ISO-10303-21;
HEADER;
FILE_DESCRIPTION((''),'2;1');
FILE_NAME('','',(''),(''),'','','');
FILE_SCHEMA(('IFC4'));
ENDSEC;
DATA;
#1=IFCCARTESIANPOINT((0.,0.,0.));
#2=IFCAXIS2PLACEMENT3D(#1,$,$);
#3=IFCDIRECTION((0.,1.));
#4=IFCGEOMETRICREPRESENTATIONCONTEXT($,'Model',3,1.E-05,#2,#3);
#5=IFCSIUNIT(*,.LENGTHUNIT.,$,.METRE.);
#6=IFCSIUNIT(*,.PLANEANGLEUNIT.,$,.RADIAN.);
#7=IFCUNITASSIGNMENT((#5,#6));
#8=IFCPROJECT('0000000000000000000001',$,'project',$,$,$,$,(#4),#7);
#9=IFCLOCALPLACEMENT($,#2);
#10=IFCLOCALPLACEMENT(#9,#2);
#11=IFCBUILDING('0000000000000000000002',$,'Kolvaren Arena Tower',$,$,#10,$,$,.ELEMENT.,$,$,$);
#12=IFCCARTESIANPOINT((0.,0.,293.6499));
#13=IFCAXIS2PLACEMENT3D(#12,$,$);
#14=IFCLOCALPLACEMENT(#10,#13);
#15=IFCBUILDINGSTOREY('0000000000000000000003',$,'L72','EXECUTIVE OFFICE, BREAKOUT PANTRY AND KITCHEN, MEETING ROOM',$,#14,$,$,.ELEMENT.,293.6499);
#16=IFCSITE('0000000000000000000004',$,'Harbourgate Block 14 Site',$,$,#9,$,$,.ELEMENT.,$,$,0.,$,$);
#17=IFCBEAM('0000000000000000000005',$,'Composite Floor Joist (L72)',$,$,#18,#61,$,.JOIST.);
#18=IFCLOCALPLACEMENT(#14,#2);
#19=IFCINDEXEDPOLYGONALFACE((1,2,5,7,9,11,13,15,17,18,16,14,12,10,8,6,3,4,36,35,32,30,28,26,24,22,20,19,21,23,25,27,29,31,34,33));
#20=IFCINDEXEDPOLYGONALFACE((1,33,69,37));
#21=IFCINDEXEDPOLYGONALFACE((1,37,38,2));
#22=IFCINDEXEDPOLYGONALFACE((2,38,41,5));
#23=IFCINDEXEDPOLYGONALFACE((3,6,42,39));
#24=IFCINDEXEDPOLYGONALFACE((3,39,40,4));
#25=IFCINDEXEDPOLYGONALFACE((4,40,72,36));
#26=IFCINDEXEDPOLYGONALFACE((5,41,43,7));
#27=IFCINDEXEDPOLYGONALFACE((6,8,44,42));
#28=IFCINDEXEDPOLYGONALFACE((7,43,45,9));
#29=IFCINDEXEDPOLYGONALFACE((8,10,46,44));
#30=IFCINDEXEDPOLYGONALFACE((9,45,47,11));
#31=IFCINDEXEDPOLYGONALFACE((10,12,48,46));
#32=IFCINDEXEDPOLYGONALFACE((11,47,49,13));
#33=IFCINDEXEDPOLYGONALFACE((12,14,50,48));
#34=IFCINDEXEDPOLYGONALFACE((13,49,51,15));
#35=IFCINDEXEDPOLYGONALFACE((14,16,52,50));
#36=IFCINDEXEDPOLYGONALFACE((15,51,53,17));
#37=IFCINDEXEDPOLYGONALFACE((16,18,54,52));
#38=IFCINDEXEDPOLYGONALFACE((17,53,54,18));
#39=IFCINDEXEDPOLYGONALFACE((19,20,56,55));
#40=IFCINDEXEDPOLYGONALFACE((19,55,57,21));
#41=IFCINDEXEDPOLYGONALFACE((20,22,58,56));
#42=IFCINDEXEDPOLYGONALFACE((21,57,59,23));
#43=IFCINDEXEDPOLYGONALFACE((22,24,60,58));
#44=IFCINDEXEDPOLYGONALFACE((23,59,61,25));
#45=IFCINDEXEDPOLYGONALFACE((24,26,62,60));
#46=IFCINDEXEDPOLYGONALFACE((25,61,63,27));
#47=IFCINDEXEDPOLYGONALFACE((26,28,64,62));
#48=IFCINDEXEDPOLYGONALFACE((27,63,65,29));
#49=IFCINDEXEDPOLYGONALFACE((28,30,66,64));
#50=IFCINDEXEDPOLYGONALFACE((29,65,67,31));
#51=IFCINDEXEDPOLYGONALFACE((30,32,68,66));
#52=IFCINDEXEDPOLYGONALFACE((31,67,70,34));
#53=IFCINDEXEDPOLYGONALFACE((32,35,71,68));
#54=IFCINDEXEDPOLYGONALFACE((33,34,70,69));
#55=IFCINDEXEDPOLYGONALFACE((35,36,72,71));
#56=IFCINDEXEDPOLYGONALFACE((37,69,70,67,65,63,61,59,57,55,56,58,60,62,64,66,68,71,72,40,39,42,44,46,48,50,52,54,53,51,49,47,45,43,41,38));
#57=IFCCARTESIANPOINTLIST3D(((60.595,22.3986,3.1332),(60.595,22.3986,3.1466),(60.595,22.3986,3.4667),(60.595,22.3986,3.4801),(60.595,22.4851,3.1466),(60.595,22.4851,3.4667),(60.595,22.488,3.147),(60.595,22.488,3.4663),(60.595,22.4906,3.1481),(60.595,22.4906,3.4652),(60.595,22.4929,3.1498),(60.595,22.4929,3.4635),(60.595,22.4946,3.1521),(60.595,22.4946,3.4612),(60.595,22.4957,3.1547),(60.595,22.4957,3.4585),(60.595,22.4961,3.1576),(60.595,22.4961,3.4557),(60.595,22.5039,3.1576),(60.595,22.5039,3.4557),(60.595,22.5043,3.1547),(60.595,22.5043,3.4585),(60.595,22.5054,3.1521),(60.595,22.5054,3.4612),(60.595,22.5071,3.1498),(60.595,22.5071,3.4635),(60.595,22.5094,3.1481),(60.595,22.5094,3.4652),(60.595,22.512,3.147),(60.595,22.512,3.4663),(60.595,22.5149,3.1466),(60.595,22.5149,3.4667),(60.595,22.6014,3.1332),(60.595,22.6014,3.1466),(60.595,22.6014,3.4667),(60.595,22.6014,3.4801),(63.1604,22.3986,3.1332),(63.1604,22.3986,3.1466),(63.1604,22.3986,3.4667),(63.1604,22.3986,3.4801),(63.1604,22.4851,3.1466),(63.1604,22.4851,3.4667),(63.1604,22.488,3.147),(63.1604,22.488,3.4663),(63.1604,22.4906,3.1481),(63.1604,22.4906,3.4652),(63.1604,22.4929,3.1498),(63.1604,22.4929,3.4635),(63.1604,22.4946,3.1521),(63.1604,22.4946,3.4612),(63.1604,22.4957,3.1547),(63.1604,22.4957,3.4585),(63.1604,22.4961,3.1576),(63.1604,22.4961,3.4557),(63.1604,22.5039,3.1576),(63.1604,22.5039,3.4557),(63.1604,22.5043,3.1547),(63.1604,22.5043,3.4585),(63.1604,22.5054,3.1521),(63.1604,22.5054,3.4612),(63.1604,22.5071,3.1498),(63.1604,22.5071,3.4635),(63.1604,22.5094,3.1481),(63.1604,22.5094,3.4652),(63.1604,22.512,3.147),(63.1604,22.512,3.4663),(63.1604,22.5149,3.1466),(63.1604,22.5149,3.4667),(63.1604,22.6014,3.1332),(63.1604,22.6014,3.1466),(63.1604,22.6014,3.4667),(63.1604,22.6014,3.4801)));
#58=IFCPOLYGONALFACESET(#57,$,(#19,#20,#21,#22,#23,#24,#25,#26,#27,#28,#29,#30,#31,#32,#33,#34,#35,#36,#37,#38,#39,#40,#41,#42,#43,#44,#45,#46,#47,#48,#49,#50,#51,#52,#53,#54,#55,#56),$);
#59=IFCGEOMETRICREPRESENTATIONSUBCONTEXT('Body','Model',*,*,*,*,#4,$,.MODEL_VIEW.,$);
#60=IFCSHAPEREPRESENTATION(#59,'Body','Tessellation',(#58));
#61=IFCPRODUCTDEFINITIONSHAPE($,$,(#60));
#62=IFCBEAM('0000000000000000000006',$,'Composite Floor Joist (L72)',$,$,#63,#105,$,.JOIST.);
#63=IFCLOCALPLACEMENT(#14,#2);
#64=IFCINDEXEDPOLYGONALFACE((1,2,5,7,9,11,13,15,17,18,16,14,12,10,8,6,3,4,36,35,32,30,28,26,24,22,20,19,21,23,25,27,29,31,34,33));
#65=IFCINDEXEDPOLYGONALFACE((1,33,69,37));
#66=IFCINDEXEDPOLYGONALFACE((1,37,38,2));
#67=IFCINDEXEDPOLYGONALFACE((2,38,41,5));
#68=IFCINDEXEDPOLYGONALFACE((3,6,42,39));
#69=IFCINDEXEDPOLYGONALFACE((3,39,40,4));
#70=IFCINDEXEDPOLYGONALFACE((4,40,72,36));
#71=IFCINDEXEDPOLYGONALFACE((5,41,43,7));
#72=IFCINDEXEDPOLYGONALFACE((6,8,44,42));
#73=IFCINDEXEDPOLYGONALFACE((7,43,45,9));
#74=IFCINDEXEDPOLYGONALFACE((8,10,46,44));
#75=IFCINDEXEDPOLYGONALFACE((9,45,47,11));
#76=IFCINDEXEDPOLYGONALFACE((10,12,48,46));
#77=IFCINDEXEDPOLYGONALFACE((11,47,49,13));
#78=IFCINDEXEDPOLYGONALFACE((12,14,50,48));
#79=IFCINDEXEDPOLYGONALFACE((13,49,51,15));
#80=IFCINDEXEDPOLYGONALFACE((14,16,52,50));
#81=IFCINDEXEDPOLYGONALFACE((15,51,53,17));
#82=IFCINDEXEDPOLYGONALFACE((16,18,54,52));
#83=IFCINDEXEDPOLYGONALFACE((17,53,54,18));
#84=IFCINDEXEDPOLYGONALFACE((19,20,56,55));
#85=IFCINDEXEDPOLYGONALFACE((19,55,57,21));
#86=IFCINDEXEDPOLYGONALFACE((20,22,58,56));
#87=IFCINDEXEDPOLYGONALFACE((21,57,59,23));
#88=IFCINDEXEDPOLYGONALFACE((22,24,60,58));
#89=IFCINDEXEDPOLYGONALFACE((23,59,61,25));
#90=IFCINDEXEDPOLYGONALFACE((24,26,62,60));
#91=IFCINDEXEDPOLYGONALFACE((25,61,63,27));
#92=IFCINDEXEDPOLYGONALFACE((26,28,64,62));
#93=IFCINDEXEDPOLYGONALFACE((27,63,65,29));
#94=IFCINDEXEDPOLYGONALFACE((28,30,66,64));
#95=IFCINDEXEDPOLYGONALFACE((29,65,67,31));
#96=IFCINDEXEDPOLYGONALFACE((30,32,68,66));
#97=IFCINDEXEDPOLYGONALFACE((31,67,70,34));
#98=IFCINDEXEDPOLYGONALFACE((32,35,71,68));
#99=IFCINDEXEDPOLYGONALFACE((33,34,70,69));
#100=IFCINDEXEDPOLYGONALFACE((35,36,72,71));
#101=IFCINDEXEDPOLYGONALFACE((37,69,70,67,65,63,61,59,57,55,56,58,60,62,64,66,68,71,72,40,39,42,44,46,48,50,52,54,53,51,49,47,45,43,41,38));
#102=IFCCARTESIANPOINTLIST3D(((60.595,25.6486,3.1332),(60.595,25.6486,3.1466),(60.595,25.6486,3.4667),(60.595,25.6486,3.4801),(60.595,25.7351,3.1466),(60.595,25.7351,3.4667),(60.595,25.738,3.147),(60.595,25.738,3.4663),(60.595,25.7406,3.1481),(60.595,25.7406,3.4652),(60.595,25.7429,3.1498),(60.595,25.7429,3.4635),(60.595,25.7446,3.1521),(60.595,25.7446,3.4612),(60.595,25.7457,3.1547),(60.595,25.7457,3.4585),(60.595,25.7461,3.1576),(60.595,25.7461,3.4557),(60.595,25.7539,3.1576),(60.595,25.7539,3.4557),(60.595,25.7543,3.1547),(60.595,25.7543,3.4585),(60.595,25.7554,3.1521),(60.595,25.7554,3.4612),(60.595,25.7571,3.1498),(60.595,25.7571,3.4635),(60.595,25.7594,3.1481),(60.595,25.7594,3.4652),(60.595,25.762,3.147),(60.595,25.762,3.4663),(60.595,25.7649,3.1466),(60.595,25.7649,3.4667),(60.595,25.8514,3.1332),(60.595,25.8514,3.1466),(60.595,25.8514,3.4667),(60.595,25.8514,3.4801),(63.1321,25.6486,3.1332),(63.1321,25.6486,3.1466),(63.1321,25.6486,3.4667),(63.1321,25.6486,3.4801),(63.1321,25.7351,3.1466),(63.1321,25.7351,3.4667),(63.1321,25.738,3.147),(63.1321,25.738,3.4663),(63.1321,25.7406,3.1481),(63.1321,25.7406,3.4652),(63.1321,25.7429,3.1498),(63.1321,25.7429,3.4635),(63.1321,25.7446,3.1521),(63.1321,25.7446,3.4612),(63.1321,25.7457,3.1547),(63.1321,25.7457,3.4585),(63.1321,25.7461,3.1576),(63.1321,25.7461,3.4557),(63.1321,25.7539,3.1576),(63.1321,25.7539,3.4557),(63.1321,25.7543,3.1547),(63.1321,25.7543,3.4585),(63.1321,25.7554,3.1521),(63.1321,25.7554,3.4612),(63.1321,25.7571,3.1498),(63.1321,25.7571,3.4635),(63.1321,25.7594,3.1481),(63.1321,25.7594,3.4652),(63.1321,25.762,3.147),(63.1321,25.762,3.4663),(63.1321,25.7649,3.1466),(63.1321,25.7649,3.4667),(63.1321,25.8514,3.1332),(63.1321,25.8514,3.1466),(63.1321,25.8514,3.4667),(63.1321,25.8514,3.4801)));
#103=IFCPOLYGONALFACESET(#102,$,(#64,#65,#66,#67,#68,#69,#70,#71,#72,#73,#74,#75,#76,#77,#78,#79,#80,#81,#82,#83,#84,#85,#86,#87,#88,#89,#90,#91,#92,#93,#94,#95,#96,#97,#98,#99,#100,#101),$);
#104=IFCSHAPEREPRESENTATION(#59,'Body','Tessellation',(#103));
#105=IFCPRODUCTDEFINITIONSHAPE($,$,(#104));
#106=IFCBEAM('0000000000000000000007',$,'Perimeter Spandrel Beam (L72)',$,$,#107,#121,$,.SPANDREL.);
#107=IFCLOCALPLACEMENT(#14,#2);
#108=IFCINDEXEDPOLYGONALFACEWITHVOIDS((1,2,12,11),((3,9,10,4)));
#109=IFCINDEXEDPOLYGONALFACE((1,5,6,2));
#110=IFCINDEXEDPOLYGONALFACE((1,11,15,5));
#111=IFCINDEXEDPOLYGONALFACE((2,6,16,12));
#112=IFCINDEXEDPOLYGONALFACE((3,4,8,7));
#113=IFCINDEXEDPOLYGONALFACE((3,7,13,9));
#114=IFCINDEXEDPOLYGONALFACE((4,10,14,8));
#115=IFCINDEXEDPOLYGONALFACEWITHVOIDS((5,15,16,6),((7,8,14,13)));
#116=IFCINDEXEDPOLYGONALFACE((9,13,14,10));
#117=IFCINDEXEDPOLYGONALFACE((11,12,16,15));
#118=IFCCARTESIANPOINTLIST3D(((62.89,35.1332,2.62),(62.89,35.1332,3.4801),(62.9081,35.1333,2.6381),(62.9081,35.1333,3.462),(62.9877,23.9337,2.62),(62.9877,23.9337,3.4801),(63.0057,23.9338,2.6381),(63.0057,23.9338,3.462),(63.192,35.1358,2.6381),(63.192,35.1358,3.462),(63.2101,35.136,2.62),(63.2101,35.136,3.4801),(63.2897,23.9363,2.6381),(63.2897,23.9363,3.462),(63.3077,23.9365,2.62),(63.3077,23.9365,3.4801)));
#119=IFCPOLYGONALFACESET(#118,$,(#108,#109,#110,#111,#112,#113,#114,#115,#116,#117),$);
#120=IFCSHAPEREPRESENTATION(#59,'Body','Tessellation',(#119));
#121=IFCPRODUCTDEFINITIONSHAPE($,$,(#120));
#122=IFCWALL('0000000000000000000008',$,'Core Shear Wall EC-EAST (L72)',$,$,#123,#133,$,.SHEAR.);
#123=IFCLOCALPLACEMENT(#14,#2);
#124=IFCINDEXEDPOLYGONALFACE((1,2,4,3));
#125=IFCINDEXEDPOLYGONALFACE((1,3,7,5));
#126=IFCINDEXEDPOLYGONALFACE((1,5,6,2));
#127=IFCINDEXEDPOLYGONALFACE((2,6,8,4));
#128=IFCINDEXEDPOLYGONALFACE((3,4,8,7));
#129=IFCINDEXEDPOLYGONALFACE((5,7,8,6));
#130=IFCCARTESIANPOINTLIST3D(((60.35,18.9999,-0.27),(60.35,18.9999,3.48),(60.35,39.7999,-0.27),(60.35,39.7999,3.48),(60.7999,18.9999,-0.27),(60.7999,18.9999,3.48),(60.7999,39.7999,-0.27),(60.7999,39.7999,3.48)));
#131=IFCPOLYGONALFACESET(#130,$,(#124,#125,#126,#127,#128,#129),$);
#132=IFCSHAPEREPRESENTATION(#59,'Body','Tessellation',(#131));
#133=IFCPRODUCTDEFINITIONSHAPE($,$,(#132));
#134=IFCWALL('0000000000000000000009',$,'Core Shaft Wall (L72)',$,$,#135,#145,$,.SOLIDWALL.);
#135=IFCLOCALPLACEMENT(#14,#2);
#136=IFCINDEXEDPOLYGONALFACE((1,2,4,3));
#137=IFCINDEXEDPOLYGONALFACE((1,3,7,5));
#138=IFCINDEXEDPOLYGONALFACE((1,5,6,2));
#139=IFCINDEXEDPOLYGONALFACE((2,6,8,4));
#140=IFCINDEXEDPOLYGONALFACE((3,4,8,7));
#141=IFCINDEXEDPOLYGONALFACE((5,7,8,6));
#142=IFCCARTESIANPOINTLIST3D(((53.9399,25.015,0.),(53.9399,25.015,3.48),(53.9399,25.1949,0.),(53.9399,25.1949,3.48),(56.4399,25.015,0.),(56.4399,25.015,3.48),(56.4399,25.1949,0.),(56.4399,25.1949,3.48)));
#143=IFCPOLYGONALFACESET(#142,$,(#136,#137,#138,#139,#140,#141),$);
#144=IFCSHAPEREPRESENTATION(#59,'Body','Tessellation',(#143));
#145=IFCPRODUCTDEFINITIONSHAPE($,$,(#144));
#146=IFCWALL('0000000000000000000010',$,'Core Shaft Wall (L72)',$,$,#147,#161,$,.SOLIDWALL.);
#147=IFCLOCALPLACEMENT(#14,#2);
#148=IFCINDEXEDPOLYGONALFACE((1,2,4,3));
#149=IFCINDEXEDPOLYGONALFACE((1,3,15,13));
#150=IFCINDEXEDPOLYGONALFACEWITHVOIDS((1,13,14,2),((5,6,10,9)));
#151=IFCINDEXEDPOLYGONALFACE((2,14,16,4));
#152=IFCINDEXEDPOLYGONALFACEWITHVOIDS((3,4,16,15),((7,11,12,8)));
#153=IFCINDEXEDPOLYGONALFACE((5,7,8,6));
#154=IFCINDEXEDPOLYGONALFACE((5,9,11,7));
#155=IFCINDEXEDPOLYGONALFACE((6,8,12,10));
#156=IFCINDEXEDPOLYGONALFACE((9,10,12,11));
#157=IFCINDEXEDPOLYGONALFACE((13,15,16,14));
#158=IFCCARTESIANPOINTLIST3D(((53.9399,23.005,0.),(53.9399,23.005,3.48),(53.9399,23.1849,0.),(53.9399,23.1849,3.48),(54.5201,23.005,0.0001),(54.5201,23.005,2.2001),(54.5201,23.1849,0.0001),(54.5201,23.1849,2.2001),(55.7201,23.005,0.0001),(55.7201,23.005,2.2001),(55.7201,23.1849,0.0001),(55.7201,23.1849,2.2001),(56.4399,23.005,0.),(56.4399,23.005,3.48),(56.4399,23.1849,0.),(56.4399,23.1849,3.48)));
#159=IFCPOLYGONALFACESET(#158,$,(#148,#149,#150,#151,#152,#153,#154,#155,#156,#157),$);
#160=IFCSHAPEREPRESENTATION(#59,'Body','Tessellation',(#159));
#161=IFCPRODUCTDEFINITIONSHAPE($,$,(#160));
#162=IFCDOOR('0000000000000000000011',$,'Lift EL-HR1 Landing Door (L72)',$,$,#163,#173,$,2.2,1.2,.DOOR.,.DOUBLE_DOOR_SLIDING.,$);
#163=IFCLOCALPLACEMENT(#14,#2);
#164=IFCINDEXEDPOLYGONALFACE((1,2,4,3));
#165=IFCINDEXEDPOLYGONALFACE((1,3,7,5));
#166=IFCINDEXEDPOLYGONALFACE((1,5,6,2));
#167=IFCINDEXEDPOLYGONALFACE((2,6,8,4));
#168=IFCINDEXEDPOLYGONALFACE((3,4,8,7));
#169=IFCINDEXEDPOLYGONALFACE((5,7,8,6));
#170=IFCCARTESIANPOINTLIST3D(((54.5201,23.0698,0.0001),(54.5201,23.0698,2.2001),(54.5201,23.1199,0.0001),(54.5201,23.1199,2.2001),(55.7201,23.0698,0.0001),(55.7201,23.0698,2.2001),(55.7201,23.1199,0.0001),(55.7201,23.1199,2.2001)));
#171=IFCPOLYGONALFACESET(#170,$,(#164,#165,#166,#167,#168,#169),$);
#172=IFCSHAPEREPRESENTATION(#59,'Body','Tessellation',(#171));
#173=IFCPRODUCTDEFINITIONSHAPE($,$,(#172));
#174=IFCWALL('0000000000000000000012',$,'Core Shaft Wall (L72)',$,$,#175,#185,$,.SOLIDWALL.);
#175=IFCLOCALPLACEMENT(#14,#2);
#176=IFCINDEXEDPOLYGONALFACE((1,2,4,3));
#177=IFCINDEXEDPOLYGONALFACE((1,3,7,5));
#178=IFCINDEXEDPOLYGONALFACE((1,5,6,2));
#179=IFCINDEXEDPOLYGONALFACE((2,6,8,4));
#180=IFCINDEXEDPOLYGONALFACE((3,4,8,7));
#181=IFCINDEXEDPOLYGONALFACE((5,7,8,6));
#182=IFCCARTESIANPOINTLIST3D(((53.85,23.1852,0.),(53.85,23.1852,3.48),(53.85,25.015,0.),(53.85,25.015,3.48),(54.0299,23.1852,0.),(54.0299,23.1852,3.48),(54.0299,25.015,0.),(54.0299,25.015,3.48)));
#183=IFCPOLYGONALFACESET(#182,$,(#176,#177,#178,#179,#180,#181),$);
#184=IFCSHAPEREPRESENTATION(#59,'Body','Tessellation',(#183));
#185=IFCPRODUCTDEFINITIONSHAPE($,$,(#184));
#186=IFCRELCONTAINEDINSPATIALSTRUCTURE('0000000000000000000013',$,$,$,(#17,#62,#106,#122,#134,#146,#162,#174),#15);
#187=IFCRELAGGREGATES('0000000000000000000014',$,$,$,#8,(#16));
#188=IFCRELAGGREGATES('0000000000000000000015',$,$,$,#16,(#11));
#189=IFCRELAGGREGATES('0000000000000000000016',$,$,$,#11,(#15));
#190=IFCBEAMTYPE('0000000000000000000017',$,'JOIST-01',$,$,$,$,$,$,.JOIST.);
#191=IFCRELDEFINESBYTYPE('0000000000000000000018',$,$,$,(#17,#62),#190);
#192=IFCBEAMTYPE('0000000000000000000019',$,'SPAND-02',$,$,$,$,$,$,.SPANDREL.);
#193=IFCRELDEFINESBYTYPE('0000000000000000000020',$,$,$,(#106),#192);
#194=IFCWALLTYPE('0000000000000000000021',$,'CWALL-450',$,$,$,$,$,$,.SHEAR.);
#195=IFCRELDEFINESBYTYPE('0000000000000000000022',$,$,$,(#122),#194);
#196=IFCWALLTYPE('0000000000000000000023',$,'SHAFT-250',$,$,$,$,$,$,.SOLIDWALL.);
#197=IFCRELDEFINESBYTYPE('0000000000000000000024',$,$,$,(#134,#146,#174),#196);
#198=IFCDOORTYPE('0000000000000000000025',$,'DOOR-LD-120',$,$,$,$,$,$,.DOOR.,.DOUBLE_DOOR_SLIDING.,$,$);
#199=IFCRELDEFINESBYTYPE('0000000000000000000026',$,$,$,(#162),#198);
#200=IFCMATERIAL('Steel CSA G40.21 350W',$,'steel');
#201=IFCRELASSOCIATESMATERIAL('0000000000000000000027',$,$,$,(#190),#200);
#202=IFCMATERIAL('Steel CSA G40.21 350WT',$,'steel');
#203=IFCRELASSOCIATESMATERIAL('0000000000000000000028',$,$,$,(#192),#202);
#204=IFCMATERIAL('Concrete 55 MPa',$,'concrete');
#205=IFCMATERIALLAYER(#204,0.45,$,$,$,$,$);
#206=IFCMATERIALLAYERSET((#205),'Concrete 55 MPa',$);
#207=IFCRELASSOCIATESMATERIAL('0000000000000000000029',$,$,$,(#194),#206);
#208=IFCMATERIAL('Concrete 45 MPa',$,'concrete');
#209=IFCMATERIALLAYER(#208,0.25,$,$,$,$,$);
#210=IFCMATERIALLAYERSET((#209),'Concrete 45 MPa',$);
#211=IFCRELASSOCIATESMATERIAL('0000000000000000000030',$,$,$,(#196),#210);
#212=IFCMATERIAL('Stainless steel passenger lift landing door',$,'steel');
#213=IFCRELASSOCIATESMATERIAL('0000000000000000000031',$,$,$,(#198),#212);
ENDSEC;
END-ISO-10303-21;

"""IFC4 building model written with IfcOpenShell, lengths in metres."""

from ifc_helpers import new_model, si_unit, direction, frame, frame_2d, origin, origin_2d, place, context, subcontext, project, spatial, rectangle, hollow_rectangle, i_section, extrude, material, layer, layer_set, material_profile, profile_set, type_object, element, fill, save


model = new_model("IFC4")

# Units and contexts
model_context = context("Model", 3, precision=1e-05, world=origin(), true_north=direction((0.0, 1.0)))
body_context = subcontext(model_context, "Body", "Model", "MODEL_VIEW")
ifc_project = project(units=[si_unit("LENGTHUNIT", "METRE"), si_unit("PLANEANGLEUNIT", "RADIAN")], contexts=[model_context])

# Site, building, storey
site_placement = place(None, origin())
site = spatial("IfcSite", under=ifc_project, at=site_placement, Name="Harbourgate Block 14 Site", CompositionType="ELEMENT", RefElevation=0.0)
building_placement = place(site_placement, origin())
building = spatial("IfcBuilding", under=site, at=building_placement, Name="Kolvaren Arena Tower", CompositionType="ELEMENT")
storey_placement = place(building_placement, frame((0.0, 0.0, 293.6499)))
storey = spatial("IfcBuildingStorey", under=building, at=storey_placement, Name="L72", Description="EXECUTIVE OFFICE, BREAKOUT PANTRY AND KITCHEN, MEETING ROOM", CompositionType="ELEMENT", Elevation=293.6499)

# Beams
ifc_material_1 = material(Name="Steel CSA G40.21 350W", Category="steel")
ifc_material_profile_1 = material_profile(ifc_material_1, i_section(OverallWidth=0.2029, OverallDepth=0.3469, WebThickness=0.0078, FlangeThickness=0.0134, FilletRadius=0.011, at=origin_2d()), Name="W360x64")
ifc_profile_set_1 = profile_set([ifc_material_profile_1], Name="Steel CSA G40.21 350W")
beam_type_1 = type_object("IfcBeamType", Name="JOIST-01", PredefinedType="JOIST", material=ifc_profile_set_1)
beam_1_placement = place(storey_placement, frame((60.595, 22.5, 3.3066), z_axis=(1.0, 0.0, 0.0), x_axis=(0.0, 1.0, 0.0)))
element("IfcBeam", 1, at=beam_1_placement, inside=storey, type_object=beam_type_1, Name="Composite Floor Joist (L72)", PredefinedType="JOIST", context=body_context, shape_type="SweptSolid", body=[
    extrude(i_section(OverallWidth=0.2029, OverallDepth=0.3469, WebThickness=0.0078, FlangeThickness=0.0134, FilletRadius=0.011, at=origin_2d()), origin(), (0.0, 0.0, 1.0), 2.5654),
])
beam_2_placement = place(storey_placement, frame((60.595, 25.75, 3.3066), z_axis=(1.0, 0.0, 0.0), x_axis=(0.0, 1.0, 0.0)))
element("IfcBeam", 2, at=beam_2_placement, inside=storey, type_object=beam_type_1, Name="Composite Floor Joist (L72)", PredefinedType="JOIST", context=body_context, shape_type="SweptSolid", body=[
    extrude(i_section(OverallWidth=0.2029, OverallDepth=0.3469, WebThickness=0.0078, FlangeThickness=0.0134, FilletRadius=0.011, at=origin_2d()), origin(), (0.0, 0.0, 1.0), 2.5371),
])
ifc_material_2 = material(Name="Steel CSA G40.21 350WT", Category="steel")
ifc_material_profile_2 = material_profile(ifc_material_2, hollow_rectangle(XDim=0.3201, YDim=0.8601, WallThickness=0.0181, at=origin_2d()), Name="HSS 860x320x18")
ifc_profile_set_2 = profile_set([ifc_material_profile_2], Name="Steel CSA G40.21 350WT")
beam_type_2 = type_object("IfcBeamType", Name="SPAND-02", PredefinedType="SPANDREL", material=ifc_profile_set_2)
beam_3_placement = place(storey_placement, frame((63.1477, 23.9351, 3.05), z_axis=(-0.008719, 0.999962, 0.0), x_axis=(-0.999962, -0.008719, 0.0)))
element("IfcBeam", 3, at=beam_3_placement, inside=storey, type_object=beam_type_2, Name="Perimeter Spandrel Beam (L72)", PredefinedType="SPANDREL", context=body_context, shape_type="SweptSolid", body=[
    extrude(hollow_rectangle(XDim=0.3201, YDim=0.8601, WallThickness=0.0181, at=origin_2d()), origin(), (0.0, 0.0, 1.0), 11.2),
])

# Walls
ifc_material_3 = material(Name="Concrete 55 MPa", Category="concrete")
ifc_layer_1 = layer(ifc_material_3, 0.45)
ifc_layer_set_1 = layer_set([ifc_layer_1], Name="Concrete 55 MPa")
wall_type_1 = type_object("IfcWallType", Name="CWALL-450", PredefinedType="SHEAR", material=ifc_layer_set_1)
wall_1_placement = place(storey_placement, frame((60.575, 19.0, -0.27), z_axis=(0.0, 0.0, 1.0), x_axis=(0.0, 1.0, 0.0)))
element("IfcWall", 4, at=wall_1_placement, inside=storey, type_object=wall_type_1, Name="Core Shear Wall EC-EAST (L72)", PredefinedType="SHEAR", context=body_context, shape_type="SweptSolid", body=[
    extrude(rectangle(XDim=20.8, YDim=0.45, at=frame_2d((10.3999, 0.0))), origin(), (0.0, 0.0, 1.0), 3.75),
])
ifc_material_4 = material(Name="Concrete 45 MPa", Category="concrete")
ifc_layer_2 = layer(ifc_material_4, 0.25)
ifc_layer_set_2 = layer_set([ifc_layer_2], Name="Concrete 45 MPa")
wall_type_2 = type_object("IfcWallType", Name="SHAFT-250", PredefinedType="SOLIDWALL", material=ifc_layer_set_2)
wall_2_placement = place(storey_placement, frame((53.9399, 25.105, 0.0), z_axis=(0.0, 0.0, 1.0), x_axis=(1.0, 0.0, 0.0)))
element("IfcWall", 5, at=wall_2_placement, inside=storey, type_object=wall_type_2, Name="Core Shaft Wall (L72)", PredefinedType="SOLIDWALL", context=body_context, shape_type="SweptSolid", body=[
    extrude(rectangle(XDim=2.5, YDim=0.1799, at=frame_2d((1.25, 0.0))), origin(), (0.0, 0.0, 1.0), 3.48),
])

# Wall, opening, door
wall_3_placement = place(storey_placement, frame((53.9399, 23.095, 0.0), z_axis=(0.0, 0.0, 1.0), x_axis=(1.0, 0.0, 0.0)))
wall_3 = element("IfcWall", 6, at=wall_3_placement, inside=storey, type_object=wall_type_2, Name="Core Shaft Wall (L72)", PredefinedType="SOLIDWALL", context=body_context, shape_type="SweptSolid", body=[
    extrude(rectangle(XDim=2.5, YDim=0.1799, at=frame_2d((1.25, 0.0))), origin(), (0.0, 0.0, 1.0), 3.48),
])
opening_1_placement = place(wall_3_placement, frame((0.5801, 0.0, 0.0)))
opening_1 = element("IfcOpeningElement", 7, at=opening_1_placement, cuts=wall_3, PredefinedType="OPENING", context=body_context, shape_type="SweptSolid", body=[
    extrude(rectangle(XDim=1.2, YDim=2.2, at=frame_2d((0.6001, 1.1001))), frame((0.0, 0.0999, 0.0), z_axis=(0.0, -1.0, 0.0), x_axis=(1.0, 0.0, 0.0)), (0.0, 0.0, 1.0), 0.2),
])
ifc_material_5 = material(Name="Stainless steel passenger lift landing door", Category="steel")
door_type = type_object("IfcDoorType", Name="DOOR-LD-120", OperationType="DOUBLE_DOOR_SLIDING", PredefinedType="DOOR", material=ifc_material_5)
door_1_placement = place(opening_1_placement, origin())
door_1 = element("IfcDoor", 8, at=door_1_placement, inside=storey, type_object=door_type, Name="Lift EL-HR1 Landing Door (L72)", OperationType="DOUBLE_DOOR_SLIDING", OverallHeight=2.2, OverallWidth=1.2, PredefinedType="DOOR", context=body_context, shape_type="SweptSolid", body=[
    extrude(rectangle(XDim=1.2, YDim=2.2, at=frame_2d((0.6001, 1.1001))), frame((0.0, 0.0249, 0.0), z_axis=(0.0, -1.0, 0.0), x_axis=(1.0, 0.0, 0.0)), (0.0, 0.0, 1.0), 0.05),
])
fill(opening_1, door_1)

# Wall
for number, where, z_axis, x_axis, name in (
    (9, (53.9399, 23.1851, 0.0), (0.0, 0.0, 1.0), (0.0, 1.0, 0.0), "Core Shaft Wall (L72)"),
):
    element("IfcWall", number, at=place(storey_placement, frame(where, z_axis=z_axis, x_axis=x_axis)), inside=storey, type_object=wall_type_2, Name=name, PredefinedType="SOLIDWALL", context=body_context, shape_type="SweptSolid", body=[
        extrude(rectangle(XDim=1.8298, YDim=0.1799, at=frame_2d((0.915, 0.0))), origin(), (0.0, 0.0, 1.0), 3.48),
    ])

save(model, "model.ifc")
